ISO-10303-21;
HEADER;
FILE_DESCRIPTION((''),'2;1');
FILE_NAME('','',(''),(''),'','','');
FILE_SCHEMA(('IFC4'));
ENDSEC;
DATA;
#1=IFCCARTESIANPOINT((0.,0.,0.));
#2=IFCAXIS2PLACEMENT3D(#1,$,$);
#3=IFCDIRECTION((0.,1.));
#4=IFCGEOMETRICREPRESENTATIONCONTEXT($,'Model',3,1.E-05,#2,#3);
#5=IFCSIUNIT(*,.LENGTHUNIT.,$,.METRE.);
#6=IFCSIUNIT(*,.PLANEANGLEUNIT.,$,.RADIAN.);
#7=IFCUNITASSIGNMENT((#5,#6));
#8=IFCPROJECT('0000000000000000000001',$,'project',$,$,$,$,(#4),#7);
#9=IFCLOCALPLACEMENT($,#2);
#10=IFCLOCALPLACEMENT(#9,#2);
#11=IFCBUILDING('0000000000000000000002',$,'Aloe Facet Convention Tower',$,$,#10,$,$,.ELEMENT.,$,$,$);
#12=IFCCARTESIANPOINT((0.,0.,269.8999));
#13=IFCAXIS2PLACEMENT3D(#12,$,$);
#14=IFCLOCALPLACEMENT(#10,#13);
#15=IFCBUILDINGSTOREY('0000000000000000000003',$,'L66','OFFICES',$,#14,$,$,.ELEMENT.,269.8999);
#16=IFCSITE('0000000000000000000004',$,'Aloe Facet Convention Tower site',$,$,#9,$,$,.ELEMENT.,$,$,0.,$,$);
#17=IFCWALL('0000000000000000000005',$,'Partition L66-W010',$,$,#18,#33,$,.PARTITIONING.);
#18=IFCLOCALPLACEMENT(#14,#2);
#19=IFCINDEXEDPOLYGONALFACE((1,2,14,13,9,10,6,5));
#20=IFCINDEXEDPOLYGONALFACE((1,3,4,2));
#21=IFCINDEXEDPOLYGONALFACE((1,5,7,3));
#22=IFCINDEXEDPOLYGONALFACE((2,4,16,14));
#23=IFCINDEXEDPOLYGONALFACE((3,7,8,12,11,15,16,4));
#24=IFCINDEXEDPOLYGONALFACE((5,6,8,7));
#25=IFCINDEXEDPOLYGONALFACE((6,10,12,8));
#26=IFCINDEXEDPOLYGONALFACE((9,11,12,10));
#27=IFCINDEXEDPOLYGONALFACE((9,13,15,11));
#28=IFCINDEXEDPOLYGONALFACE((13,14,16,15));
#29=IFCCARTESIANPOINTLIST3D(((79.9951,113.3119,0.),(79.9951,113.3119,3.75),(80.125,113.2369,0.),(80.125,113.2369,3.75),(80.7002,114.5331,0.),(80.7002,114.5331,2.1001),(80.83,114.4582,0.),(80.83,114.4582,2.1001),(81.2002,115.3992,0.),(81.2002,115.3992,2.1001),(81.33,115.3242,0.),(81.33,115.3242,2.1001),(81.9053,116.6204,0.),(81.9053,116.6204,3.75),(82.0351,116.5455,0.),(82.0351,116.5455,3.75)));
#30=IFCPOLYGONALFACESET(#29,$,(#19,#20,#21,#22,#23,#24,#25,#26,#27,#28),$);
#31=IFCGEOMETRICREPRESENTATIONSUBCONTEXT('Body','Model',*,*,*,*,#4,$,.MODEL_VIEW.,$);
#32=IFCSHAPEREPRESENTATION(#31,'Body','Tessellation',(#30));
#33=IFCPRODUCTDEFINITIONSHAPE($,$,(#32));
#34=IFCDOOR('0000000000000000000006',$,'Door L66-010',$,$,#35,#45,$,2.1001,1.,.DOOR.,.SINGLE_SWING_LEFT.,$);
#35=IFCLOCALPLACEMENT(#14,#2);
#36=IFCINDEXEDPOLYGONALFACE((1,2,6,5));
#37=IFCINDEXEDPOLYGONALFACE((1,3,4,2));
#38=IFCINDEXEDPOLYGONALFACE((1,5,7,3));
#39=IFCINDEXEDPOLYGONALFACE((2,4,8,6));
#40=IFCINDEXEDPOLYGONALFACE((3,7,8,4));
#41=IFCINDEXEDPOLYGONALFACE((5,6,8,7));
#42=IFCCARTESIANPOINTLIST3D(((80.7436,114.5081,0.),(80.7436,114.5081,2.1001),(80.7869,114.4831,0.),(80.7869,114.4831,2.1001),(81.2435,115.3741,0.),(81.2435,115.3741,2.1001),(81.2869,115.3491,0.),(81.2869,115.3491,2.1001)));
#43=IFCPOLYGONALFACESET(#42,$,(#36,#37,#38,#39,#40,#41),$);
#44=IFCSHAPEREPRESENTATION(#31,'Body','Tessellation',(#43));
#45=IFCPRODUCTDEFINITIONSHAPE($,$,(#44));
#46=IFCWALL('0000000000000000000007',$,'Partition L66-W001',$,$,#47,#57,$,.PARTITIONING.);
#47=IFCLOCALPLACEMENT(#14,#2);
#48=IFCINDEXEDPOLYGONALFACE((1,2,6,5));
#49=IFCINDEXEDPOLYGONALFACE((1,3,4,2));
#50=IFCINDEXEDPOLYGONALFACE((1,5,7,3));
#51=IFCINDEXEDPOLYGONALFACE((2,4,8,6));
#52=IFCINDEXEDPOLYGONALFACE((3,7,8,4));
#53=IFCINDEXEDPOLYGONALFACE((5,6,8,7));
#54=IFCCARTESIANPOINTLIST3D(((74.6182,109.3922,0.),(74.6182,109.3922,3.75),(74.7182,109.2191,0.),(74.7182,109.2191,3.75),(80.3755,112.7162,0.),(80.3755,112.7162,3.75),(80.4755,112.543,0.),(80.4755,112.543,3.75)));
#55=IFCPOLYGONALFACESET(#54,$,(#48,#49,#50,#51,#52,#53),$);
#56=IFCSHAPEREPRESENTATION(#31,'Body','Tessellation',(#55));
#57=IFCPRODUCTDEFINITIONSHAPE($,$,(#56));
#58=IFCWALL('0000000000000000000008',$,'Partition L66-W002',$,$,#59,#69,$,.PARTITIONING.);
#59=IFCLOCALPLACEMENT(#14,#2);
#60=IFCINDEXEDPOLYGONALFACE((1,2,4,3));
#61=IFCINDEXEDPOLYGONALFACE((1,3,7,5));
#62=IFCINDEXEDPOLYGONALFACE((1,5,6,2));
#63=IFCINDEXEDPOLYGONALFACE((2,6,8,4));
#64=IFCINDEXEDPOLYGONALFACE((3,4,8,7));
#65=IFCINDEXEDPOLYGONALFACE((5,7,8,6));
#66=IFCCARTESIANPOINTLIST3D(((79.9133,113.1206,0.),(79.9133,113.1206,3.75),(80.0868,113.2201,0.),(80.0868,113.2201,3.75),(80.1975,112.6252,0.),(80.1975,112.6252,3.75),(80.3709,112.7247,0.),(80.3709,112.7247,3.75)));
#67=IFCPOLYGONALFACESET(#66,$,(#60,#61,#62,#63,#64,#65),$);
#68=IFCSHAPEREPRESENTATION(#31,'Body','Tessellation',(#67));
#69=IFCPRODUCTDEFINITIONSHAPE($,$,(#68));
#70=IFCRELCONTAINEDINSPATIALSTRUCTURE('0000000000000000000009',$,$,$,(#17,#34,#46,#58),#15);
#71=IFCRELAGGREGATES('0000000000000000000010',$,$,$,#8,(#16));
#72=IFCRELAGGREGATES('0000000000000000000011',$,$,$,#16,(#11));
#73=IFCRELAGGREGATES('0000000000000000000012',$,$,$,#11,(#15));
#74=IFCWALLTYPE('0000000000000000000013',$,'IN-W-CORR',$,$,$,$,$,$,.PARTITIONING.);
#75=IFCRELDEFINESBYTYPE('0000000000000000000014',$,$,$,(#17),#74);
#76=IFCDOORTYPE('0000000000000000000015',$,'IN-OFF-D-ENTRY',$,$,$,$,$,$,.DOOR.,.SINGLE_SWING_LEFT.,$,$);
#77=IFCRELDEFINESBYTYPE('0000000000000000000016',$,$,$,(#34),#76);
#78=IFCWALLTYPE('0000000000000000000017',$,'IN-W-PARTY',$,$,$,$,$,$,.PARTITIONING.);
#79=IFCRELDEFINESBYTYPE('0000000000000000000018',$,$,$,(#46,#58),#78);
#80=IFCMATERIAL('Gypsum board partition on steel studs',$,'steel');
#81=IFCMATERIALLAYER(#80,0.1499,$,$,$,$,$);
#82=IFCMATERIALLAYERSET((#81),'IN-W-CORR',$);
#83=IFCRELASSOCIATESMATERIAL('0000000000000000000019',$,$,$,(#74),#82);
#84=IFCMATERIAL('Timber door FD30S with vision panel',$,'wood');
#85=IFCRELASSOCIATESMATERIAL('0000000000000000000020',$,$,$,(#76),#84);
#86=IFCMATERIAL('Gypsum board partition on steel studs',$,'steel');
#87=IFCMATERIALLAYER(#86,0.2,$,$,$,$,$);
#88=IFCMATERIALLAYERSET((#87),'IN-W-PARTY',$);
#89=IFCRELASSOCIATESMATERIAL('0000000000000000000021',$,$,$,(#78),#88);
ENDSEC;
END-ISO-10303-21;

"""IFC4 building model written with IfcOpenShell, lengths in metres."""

from ifc_helpers import new_model, si_unit, direction, frame, frame_2d, origin, place, context, subcontext, project, spatial, rectangle, extrude, material, layer, layer_set, type_object, element, fill, save


model = new_model("IFC4")

# Units and contexts
model_context = context("Model", 3, precision=1e-05, world=origin(), true_north=direction((0.0, 1.0)))
body_context = subcontext(model_context, "Body", "Model", "MODEL_VIEW")
ifc_project = project(units=[si_unit("LENGTHUNIT", "METRE"), si_unit("PLANEANGLEUNIT", "RADIAN")], contexts=[model_context])

# Site, building, storey
site_placement = place(None, origin())
site = spatial("IfcSite", under=ifc_project, at=site_placement, Name="Aloe Facet Convention Tower site", CompositionType="ELEMENT", RefElevation=0.0)
building_placement = place(site_placement, origin())
building = spatial("IfcBuilding", under=site, at=building_placement, Name="Aloe Facet Convention Tower", CompositionType="ELEMENT")
storey_placement = place(building_placement, frame((0.0, 0.0, 269.8999)))
storey = spatial("IfcBuildingStorey", under=building, at=storey_placement, Name="L66", Description="OFFICES", CompositionType="ELEMENT", Elevation=269.8999)

# Wall, opening, door
ifc_material_1 = material(Name="Gypsum board partition on steel studs", Category="steel")
ifc_layer_1 = layer(ifc_material_1, 0.1499)
ifc_layer_set_1 = layer_set([ifc_layer_1], Name="IN-W-CORR")
wall_type_1 = type_object("IfcWallType", Name="IN-W-CORR", PredefinedType="PARTITIONING", material=ifc_layer_set_1)
wall_1_placement = place(storey_placement, frame((80.0601, 113.2744, 0.0), z_axis=(0.0, 0.0, 1.0), x_axis=(0.499988, 0.866032, 0.0)))
wall_1 = element("IfcWall", 1, at=wall_1_placement, inside=storey, type_object=wall_type_1, Name="Partition L66-W010", PredefinedType="PARTITIONING", context=body_context, shape_type="SweptSolid", body=[
    extrude(rectangle(XDim=3.8203, YDim=0.1499, at=frame_2d((1.9102, 0.0))), origin(), (0.0, 0.0, 1.0), 3.75),
])
opening_placement = place(wall_1_placement, frame((1.4102, 0.0, 0.0)))
opening = element("IfcOpeningElement", 2, at=opening_placement, cuts=wall_1, PredefinedType="OPENING", context=body_context, shape_type="SweptSolid", body=[
    extrude(rectangle(XDim=1.0, YDim=2.1001, at=frame_2d((0.5, 1.05))), frame((0.0, 0.085, 0.0), z_axis=(0.0, -1.0, 0.0), x_axis=(1.0, 0.0, 0.0)), (0.0, 0.0, 1.0), 0.1699),
])
ifc_material_2 = material(Name="Timber door FD30S with vision panel", Category="wood")
door_type = type_object("IfcDoorType", Name="IN-OFF-D-ENTRY", OperationType="SINGLE_SWING_LEFT", PredefinedType="DOOR", material=ifc_material_2)
door_placement = place(opening_placement, origin())
door = element("IfcDoor", 3, at=door_placement, inside=storey, type_object=door_type, Name="Door L66-010", OperationType="SINGLE_SWING_LEFT", OverallHeight=2.1001, OverallWidth=1.0, PredefinedType="DOOR", context=body_context, shape_type="SweptSolid", body=[
    extrude(rectangle(XDim=1.0, YDim=2.1001, at=frame_2d((0.5, 1.05))), frame((0.0, 0.0249, 0.0), z_axis=(0.0, -1.0, 0.0), x_axis=(1.0, 0.0, 0.0)), (0.0, 0.0, 1.0), 0.05),
])
fill(opening, door)

# Walls
ifc_material_3 = material(Name="Gypsum board partition on steel studs", Category="steel")
ifc_layer_2 = layer(ifc_material_3, 0.2)
ifc_layer_set_2 = layer_set([ifc_layer_2], Name="IN-W-PARTY")
wall_type_2 = type_object("IfcWallType", Name="IN-W-PARTY", PredefinedType="PARTITIONING", material=ifc_layer_set_2)
wall_2_placement = place(storey_placement, frame((74.6682, 109.3057, 0.0), z_axis=(0.0, 0.0, 1.0), x_axis=(0.866027, 0.499998, 0.0)))
element("IfcWall", 4, at=wall_2_placement, inside=storey, type_object=wall_type_2, Name="Partition L66-W001", PredefinedType="PARTITIONING", context=body_context, shape_type="SweptSolid", body=[
    extrude(rectangle(XDim=6.6479, YDim=0.2, at=frame_2d((3.324, 0.0))), origin(), (0.0, 0.0, 1.0), 3.75),
])
wall_3_placement = place(storey_placement, frame((80.0, 113.1704, 0.0), z_axis=(0.0, 0.0, 1.0), x_axis=(0.497611, -0.8674, 0.0)))
element("IfcWall", 5, at=wall_3_placement, inside=storey, type_object=wall_type_2, Name="Partition L66-W002", PredefinedType="PARTITIONING", context=body_context, shape_type="SweptSolid", body=[
    extrude(rectangle(XDim=0.571, YDim=0.2, at=frame_2d((0.2856, 0.0))), origin(), (0.0, 0.0, 1.0), 3.75),
])

save(model, "model.ifc")
